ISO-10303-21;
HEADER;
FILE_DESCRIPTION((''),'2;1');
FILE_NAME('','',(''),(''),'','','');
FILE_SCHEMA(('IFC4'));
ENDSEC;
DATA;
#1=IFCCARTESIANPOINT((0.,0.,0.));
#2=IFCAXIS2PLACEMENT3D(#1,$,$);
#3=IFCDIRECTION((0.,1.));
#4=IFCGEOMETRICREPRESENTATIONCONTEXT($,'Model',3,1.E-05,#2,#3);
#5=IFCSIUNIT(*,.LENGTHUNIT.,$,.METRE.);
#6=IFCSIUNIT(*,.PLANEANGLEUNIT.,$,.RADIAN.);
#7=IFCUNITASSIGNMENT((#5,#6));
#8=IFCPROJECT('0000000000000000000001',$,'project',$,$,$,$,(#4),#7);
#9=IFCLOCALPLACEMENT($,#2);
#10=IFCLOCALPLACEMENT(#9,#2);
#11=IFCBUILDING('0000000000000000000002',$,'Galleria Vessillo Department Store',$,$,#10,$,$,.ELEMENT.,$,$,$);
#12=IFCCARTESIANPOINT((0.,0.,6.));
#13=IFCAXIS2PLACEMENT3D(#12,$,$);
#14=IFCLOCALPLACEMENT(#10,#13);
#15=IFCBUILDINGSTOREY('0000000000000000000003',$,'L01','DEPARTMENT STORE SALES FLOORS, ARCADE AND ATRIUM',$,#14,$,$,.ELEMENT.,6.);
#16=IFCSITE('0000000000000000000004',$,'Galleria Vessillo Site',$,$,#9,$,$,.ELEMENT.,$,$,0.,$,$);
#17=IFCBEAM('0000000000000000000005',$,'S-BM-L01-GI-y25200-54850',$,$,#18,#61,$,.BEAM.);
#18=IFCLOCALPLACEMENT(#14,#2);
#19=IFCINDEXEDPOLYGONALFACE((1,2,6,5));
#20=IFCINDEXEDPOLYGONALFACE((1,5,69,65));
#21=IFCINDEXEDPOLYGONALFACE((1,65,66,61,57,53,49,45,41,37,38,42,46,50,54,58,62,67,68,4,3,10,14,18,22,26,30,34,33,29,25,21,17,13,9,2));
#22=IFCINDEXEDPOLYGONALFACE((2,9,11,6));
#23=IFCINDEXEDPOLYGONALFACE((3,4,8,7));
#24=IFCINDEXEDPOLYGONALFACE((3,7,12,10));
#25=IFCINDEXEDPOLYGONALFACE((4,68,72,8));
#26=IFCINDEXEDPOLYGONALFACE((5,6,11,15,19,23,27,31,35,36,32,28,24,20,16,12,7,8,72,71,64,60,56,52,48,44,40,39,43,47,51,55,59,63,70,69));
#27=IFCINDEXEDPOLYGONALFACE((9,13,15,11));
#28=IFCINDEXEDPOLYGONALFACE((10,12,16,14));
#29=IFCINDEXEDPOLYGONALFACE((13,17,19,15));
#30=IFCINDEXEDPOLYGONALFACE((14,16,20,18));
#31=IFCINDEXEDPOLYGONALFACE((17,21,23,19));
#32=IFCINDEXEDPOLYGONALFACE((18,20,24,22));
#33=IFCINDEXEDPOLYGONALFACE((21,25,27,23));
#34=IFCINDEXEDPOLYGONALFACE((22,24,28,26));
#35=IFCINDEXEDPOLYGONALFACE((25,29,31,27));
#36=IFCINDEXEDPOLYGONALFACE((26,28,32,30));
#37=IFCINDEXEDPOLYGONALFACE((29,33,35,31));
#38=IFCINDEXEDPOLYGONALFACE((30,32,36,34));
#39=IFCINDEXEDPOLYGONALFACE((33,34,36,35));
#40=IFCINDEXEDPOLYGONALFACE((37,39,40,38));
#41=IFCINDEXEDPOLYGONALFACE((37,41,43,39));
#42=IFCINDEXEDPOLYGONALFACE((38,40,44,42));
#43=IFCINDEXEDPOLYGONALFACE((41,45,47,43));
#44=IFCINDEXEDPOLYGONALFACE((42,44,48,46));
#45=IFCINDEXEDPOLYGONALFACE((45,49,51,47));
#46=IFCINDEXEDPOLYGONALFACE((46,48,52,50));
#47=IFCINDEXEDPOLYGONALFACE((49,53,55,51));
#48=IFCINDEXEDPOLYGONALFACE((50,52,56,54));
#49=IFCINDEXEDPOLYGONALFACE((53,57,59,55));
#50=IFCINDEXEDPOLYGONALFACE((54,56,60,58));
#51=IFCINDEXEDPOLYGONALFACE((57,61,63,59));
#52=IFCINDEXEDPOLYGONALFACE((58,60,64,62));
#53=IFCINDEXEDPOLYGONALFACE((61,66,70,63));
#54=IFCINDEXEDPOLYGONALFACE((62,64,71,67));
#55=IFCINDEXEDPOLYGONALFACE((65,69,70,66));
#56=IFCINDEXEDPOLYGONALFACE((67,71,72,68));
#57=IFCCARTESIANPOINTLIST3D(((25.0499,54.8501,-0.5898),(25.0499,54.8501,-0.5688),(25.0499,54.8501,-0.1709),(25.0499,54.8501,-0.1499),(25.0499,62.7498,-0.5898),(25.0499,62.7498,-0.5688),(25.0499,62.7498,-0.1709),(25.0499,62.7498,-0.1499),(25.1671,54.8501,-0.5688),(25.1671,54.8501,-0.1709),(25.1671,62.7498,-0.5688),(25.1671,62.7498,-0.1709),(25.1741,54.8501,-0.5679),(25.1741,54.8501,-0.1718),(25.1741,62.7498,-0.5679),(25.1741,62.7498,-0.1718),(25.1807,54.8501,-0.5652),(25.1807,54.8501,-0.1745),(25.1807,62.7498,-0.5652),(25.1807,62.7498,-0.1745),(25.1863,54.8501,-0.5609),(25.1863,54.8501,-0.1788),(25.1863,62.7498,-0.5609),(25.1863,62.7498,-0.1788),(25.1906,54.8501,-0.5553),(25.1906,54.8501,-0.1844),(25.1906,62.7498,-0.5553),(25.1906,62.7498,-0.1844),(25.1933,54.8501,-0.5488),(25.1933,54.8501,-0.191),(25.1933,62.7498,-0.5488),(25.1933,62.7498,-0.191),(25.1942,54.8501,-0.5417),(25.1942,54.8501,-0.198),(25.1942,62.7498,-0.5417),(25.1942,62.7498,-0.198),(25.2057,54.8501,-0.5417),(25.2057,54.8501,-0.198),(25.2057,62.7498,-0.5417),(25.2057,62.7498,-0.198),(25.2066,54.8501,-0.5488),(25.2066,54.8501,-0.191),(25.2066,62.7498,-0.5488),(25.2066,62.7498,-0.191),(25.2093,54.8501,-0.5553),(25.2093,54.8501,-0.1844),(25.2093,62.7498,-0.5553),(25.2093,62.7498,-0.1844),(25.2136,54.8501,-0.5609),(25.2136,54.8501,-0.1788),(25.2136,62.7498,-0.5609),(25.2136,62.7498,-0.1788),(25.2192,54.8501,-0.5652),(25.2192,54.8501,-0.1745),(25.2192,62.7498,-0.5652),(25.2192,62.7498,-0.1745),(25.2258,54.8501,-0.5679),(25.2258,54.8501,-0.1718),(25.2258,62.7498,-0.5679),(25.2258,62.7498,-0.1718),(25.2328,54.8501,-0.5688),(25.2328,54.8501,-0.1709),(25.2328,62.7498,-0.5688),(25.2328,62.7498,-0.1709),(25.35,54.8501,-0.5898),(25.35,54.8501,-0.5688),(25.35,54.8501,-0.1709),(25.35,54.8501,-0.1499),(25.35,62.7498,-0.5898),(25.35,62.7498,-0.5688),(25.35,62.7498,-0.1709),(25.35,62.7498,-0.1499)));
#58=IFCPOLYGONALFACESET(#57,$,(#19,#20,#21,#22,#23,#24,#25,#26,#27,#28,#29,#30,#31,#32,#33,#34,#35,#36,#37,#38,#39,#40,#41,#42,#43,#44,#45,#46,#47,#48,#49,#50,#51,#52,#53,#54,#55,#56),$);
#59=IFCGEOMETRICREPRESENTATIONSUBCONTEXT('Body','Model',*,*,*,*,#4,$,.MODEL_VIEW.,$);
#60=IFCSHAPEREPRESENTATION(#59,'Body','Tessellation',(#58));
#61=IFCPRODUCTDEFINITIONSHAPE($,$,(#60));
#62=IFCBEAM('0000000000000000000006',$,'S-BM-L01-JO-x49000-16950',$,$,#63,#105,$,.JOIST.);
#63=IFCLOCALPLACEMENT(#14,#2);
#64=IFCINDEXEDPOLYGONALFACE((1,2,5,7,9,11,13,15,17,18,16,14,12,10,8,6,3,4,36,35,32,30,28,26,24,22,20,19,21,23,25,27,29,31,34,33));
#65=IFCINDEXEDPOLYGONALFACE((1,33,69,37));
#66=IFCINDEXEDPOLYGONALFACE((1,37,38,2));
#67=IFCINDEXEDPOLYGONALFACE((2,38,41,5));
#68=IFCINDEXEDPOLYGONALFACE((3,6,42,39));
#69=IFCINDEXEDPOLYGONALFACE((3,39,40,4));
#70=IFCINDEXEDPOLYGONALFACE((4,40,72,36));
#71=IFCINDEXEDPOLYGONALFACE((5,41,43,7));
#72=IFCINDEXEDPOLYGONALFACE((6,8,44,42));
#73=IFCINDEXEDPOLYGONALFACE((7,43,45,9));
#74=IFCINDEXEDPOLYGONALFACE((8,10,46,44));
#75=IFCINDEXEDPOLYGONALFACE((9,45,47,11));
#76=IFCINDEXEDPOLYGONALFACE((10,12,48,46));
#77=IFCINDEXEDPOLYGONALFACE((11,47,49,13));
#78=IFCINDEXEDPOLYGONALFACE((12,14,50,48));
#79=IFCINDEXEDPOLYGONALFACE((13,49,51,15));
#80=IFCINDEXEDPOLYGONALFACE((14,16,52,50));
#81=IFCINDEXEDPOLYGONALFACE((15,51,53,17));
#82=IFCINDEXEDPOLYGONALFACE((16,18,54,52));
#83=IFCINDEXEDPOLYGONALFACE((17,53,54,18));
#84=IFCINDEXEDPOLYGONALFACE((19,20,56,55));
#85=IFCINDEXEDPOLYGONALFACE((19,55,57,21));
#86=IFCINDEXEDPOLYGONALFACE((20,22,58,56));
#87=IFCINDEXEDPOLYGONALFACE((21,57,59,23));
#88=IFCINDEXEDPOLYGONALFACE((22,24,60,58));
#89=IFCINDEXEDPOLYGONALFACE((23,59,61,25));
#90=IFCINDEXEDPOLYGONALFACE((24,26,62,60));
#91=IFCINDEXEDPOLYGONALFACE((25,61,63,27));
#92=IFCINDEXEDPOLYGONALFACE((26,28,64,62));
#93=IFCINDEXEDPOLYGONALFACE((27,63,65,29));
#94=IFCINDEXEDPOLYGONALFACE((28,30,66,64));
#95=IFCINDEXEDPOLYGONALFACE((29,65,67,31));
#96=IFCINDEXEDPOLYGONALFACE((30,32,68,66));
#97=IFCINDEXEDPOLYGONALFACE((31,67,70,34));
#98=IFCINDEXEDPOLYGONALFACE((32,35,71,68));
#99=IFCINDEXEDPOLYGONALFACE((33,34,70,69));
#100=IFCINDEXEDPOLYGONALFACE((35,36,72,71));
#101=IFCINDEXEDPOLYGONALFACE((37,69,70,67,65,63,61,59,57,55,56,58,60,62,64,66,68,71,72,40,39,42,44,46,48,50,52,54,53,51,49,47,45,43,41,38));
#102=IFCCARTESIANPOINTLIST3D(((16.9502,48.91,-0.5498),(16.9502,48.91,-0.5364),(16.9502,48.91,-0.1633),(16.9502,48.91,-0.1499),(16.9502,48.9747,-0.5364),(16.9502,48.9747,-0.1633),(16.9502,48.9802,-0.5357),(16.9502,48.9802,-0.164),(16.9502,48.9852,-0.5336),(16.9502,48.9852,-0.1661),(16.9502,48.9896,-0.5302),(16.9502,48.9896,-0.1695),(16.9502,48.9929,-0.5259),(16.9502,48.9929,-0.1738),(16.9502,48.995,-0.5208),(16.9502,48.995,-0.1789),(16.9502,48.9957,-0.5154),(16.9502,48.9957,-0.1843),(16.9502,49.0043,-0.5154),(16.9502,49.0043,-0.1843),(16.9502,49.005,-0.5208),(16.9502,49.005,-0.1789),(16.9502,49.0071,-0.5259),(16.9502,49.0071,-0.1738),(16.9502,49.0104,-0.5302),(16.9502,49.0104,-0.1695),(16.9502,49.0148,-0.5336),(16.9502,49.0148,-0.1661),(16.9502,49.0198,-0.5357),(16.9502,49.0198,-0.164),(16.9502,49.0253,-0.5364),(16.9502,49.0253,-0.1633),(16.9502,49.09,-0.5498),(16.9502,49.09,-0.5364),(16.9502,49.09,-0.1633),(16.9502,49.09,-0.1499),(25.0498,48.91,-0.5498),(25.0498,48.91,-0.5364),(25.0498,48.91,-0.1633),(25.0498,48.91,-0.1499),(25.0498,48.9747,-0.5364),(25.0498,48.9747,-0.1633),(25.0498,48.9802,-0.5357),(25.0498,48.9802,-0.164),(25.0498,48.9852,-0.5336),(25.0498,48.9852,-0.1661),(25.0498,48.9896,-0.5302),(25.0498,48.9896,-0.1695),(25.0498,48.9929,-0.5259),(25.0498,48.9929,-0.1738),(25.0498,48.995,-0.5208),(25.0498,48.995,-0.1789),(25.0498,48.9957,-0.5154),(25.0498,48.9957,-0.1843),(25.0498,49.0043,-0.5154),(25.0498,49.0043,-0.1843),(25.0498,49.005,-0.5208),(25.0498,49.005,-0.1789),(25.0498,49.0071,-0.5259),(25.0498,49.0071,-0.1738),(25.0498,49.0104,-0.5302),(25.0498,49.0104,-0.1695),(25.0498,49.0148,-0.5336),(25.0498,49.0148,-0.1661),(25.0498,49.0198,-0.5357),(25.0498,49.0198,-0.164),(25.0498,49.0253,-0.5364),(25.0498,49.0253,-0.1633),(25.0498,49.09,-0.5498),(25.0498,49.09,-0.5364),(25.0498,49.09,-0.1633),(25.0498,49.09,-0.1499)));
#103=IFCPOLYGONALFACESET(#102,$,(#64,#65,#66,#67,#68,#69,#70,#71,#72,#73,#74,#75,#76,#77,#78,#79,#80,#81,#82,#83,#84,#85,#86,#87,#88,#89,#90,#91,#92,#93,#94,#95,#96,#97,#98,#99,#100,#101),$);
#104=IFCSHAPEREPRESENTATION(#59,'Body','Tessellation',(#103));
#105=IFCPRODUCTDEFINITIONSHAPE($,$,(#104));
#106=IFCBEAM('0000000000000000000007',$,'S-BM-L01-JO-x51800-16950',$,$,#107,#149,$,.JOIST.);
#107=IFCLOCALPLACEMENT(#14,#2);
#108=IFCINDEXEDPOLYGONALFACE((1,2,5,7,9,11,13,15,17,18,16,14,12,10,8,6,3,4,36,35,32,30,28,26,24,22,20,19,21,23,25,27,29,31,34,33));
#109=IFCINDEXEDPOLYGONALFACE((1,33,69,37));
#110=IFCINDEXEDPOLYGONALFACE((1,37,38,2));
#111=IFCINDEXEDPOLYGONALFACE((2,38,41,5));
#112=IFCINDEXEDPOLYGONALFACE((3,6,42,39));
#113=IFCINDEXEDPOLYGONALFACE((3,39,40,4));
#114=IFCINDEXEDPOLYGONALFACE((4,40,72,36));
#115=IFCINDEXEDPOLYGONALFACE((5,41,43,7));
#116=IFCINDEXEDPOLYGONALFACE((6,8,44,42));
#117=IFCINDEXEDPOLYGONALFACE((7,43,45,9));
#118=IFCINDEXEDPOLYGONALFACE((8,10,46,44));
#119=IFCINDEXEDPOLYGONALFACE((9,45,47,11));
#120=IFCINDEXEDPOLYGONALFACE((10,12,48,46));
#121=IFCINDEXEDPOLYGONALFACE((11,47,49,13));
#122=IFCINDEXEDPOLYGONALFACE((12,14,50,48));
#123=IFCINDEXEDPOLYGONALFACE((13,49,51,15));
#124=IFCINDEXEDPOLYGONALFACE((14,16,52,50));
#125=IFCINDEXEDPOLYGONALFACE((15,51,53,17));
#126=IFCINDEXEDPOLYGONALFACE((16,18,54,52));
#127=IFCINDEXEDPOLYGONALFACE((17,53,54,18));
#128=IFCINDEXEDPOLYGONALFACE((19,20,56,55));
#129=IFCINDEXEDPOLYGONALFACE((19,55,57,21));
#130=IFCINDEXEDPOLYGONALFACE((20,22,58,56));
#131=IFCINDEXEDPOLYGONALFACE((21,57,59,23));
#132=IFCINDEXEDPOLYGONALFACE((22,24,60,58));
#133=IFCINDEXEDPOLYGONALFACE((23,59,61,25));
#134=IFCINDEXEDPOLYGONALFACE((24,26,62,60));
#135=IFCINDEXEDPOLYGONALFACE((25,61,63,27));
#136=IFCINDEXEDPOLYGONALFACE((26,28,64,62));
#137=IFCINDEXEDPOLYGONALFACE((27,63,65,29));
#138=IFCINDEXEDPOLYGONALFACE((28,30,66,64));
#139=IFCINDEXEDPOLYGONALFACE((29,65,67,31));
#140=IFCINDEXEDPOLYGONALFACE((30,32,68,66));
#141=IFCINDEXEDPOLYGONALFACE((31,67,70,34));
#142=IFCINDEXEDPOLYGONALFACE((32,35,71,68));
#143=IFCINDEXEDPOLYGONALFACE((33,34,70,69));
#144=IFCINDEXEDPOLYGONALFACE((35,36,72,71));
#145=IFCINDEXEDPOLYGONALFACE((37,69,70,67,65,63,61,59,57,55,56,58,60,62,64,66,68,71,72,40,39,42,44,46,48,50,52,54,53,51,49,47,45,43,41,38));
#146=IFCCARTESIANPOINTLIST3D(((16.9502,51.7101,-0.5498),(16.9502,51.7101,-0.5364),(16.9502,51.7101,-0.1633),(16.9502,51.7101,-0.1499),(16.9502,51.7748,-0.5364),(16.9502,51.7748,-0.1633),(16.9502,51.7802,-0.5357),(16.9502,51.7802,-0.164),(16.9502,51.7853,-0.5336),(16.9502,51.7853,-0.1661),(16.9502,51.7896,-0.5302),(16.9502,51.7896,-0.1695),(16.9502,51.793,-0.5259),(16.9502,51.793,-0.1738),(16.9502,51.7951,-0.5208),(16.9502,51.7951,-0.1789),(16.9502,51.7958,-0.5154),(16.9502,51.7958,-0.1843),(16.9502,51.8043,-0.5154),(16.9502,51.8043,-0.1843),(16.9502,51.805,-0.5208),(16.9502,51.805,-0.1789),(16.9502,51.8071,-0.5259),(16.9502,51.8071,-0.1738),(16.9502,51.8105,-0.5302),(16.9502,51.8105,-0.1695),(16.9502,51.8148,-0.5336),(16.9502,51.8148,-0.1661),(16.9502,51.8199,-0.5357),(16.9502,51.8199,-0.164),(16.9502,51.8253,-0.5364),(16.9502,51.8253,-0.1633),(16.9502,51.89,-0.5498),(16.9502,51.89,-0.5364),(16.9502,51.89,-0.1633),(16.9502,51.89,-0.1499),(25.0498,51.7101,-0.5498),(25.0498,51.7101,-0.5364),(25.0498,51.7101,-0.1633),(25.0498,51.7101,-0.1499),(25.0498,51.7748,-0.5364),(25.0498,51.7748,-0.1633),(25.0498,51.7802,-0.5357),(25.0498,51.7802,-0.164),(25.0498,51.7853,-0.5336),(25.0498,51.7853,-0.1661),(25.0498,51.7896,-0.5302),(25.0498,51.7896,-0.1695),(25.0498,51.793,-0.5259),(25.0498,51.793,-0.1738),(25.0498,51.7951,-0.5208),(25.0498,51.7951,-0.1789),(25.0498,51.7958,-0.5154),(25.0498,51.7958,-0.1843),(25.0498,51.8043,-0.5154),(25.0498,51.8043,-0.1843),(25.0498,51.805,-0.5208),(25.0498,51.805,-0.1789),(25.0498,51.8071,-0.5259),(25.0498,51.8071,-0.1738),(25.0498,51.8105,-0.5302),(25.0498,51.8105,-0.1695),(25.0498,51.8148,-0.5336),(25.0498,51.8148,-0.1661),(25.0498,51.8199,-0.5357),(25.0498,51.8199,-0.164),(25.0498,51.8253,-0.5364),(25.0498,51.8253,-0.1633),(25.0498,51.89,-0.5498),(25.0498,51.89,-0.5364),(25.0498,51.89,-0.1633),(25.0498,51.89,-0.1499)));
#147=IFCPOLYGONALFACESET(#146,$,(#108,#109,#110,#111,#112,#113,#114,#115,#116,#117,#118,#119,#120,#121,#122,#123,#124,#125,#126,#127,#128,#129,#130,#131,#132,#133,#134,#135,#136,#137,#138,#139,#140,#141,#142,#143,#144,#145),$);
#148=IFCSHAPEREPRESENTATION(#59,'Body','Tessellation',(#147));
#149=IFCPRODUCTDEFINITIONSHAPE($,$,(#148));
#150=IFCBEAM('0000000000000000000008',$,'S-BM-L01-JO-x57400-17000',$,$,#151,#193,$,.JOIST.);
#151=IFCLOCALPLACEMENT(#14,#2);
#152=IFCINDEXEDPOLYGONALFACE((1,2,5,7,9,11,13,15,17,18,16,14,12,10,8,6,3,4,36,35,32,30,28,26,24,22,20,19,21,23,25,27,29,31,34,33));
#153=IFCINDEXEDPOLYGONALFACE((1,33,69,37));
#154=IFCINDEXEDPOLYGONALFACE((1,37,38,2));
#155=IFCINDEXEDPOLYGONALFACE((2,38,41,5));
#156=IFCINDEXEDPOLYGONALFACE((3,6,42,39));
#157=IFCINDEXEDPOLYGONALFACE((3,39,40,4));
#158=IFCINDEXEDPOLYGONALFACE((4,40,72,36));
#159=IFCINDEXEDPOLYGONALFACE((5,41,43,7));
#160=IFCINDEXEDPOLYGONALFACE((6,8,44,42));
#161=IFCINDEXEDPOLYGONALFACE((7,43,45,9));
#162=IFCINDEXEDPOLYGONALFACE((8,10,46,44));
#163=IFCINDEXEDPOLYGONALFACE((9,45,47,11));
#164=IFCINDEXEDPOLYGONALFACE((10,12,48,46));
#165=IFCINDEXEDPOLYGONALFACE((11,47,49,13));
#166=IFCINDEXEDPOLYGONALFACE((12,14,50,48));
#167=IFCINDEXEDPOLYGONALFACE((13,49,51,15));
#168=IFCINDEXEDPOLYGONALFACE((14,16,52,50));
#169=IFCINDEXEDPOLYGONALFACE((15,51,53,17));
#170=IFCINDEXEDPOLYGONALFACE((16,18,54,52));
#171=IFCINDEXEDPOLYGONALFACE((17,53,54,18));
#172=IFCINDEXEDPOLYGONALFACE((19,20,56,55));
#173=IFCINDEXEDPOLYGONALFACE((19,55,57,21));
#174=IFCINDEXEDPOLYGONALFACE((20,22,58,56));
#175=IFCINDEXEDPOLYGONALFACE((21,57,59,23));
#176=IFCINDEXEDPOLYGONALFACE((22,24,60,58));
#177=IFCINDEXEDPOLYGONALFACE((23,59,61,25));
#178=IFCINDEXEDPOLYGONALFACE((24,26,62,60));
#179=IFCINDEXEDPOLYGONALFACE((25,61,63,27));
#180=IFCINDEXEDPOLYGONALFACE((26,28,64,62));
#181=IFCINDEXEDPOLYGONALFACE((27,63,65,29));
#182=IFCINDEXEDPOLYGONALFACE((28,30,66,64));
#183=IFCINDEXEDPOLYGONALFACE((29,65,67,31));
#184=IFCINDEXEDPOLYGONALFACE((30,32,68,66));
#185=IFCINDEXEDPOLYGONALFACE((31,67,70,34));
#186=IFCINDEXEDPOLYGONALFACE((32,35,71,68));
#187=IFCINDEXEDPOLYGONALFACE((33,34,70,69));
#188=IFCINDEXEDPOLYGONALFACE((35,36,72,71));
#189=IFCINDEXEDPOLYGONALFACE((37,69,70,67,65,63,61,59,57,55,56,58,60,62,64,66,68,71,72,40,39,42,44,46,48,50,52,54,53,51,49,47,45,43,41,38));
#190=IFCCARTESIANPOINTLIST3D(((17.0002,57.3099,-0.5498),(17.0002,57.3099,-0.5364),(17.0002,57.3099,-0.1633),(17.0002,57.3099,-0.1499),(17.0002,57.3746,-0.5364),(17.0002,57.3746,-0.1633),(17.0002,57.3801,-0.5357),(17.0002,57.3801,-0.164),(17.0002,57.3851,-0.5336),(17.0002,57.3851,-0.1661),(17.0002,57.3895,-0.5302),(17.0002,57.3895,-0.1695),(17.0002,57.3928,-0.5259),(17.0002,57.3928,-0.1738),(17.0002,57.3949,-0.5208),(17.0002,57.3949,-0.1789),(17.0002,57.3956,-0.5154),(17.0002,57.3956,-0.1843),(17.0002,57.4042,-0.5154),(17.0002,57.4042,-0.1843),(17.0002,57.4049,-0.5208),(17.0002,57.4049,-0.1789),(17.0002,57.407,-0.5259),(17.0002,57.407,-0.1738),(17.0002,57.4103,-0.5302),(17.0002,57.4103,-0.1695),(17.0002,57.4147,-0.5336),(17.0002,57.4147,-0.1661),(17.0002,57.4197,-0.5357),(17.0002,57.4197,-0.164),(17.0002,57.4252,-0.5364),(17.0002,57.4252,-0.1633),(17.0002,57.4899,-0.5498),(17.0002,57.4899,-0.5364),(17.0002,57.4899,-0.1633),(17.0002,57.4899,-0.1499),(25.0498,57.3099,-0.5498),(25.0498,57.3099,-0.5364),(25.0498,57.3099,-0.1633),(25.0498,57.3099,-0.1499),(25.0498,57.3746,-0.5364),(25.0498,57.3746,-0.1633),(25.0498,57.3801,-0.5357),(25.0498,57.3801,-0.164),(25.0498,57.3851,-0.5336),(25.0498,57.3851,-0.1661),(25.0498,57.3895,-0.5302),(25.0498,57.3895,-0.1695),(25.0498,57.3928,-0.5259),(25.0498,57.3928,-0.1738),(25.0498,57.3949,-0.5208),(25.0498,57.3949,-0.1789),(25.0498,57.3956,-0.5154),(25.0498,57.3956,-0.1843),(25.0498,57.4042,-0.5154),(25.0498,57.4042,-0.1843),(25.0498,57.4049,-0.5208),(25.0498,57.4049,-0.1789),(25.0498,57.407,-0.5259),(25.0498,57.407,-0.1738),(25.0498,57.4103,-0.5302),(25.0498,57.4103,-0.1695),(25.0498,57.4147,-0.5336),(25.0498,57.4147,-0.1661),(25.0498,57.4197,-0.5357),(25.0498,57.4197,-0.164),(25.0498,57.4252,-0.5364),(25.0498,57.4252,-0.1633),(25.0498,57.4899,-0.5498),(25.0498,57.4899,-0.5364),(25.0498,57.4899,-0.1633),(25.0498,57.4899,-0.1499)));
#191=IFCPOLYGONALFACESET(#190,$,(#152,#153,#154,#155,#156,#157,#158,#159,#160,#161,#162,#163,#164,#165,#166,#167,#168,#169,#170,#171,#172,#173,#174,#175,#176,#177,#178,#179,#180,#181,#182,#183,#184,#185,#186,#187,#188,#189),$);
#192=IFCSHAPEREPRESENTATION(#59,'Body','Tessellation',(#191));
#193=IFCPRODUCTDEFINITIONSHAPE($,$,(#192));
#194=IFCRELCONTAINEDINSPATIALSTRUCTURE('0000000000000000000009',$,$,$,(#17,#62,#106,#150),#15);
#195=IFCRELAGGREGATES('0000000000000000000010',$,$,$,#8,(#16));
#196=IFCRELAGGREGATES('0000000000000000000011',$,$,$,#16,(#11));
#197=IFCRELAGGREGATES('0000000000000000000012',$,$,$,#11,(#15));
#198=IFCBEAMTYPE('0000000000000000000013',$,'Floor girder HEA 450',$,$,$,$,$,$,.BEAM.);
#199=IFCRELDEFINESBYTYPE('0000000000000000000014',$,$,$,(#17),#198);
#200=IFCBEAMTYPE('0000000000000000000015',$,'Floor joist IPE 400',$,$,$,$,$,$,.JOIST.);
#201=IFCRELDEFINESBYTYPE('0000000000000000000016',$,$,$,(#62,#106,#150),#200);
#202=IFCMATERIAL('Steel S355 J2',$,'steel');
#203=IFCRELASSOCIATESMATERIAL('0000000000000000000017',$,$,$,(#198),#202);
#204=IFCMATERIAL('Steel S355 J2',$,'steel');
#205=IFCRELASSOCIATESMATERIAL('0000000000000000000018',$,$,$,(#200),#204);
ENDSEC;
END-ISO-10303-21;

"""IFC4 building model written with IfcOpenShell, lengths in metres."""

from ifc_helpers import new_model, si_unit, direction, frame, origin, origin_2d, place, context, subcontext, project, spatial, i_section, extrude, material, material_profile, profile_set, type_object, element, save


model = new_model("IFC4")

# Units and contexts
model_context = context("Model", 3, precision=1e-05, world=origin(), true_north=direction((0.0, 1.0)))
body_context = subcontext(model_context, "Body", "Model", "MODEL_VIEW")
ifc_project = project(units=[si_unit("LENGTHUNIT", "METRE"), si_unit("PLANEANGLEUNIT", "RADIAN")], contexts=[model_context])

# Site, building, storey
site_placement = place(None, origin())
site = spatial("IfcSite", under=ifc_project, at=site_placement, Name="Galleria Vessillo Site", CompositionType="ELEMENT", RefElevation=0.0)
building_placement = place(site_placement, origin())
building = spatial("IfcBuilding", under=site, at=building_placement, Name="Galleria Vessillo Department Store", CompositionType="ELEMENT")
storey_placement = place(building_placement, frame((0.0, 0.0, 6.0)))
storey = spatial("IfcBuildingStorey", under=building, at=storey_placement, Name="L01", Description="DEPARTMENT STORE SALES FLOORS, ARCADE AND ATRIUM", CompositionType="ELEMENT", Elevation=6.0)

# Beams
ifc_material_1 = material(Name="Steel S355 J2", Category="steel")
ifc_material_profile_1 = material_profile(ifc_material_1, i_section(OverallWidth=0.3, OverallDepth=0.4399, WebThickness=0.0115, FlangeThickness=0.021, FilletRadius=0.0271, at=origin_2d()), Name="HEA 450")
ifc_profile_set_1 = profile_set([ifc_material_profile_1], Name="Steel S355 J2")
beam_type_1 = type_object("IfcBeamType", Name="Floor girder HEA 450", PredefinedType="BEAM", material=ifc_profile_set_1)
beam_placement = place(storey_placement, frame((25.2, 54.8501, -0.3699), z_axis=(0.0, 1.0, 0.0), x_axis=(-1.0, 0.0, 0.0)))
element("IfcBeam", 1, at=beam_placement, inside=storey, type_object=beam_type_1, Name="S-BM-L01-GI-y25200-54850", PredefinedType="BEAM", context=body_context, shape_type="SweptSolid", body=[
    extrude(i_section(OverallWidth=0.3, OverallDepth=0.4399, WebThickness=0.0115, FlangeThickness=0.021, FilletRadius=0.0271, at=origin_2d()), origin(), (0.0, 0.0, 1.0), 7.8997),
])
ifc_material_2 = material(Name="Steel S355 J2", Category="steel")
ifc_material_profile_2 = material_profile(ifc_material_2, i_section(OverallWidth=0.1799, OverallDepth=0.3999, WebThickness=0.0085, FlangeThickness=0.0134, FilletRadius=0.021, at=origin_2d()), Name="IPE 400")
ifc_profile_set_2 = profile_set([ifc_material_profile_2], Name="Steel S355 J2")
beam_type_2 = type_object("IfcBeamType", Name="Floor joist IPE 400", PredefinedType="JOIST", material=ifc_profile_set_2)
for number, where, z_axis, x_axis, name in (
    (2, (16.9502, 49.0, -0.3499), (1.0, 0.0, 0.0), (0.0, 1.0, 0.0), "S-BM-L01-JO-x49000-16950"),
    (3, (16.9502, 51.8, -0.3499), (1.0, 0.0, 0.0), (0.0, 1.0, 0.0), "S-BM-L01-JO-x51800-16950"),
):
    element("IfcBeam", number, at=place(storey_placement, frame(where, z_axis=z_axis, x_axis=x_axis)), inside=storey, type_object=beam_type_2, Name=name, PredefinedType="JOIST", context=body_context, shape_type="SweptSolid", body=[
        extrude(i_section(OverallWidth=0.1799, OverallDepth=0.3999, WebThickness=0.0085, FlangeThickness=0.0134, FilletRadius=0.021, at=origin_2d()), origin(), (0.0, 0.0, 1.0), 8.0996),
    ])
for number, where, z_axis, x_axis, name in (
    (4, (17.0002, 57.3999, -0.3499), (1.0, 0.0, 0.0), (0.0, 1.0, 0.0), "S-BM-L01-JO-x57400-17000"),
):
    element("IfcBeam", number, at=place(storey_placement, frame(where, z_axis=z_axis, x_axis=x_axis)), inside=storey, type_object=beam_type_2, Name=name, PredefinedType="JOIST", context=body_context, shape_type="SweptSolid", body=[
        extrude(i_section(OverallWidth=0.1799, OverallDepth=0.3999, WebThickness=0.0085, FlangeThickness=0.0134, FilletRadius=0.021, at=origin_2d()), origin(), (0.0, 0.0, 1.0), 8.0496),
    ])

save(model, "model.ifc")
